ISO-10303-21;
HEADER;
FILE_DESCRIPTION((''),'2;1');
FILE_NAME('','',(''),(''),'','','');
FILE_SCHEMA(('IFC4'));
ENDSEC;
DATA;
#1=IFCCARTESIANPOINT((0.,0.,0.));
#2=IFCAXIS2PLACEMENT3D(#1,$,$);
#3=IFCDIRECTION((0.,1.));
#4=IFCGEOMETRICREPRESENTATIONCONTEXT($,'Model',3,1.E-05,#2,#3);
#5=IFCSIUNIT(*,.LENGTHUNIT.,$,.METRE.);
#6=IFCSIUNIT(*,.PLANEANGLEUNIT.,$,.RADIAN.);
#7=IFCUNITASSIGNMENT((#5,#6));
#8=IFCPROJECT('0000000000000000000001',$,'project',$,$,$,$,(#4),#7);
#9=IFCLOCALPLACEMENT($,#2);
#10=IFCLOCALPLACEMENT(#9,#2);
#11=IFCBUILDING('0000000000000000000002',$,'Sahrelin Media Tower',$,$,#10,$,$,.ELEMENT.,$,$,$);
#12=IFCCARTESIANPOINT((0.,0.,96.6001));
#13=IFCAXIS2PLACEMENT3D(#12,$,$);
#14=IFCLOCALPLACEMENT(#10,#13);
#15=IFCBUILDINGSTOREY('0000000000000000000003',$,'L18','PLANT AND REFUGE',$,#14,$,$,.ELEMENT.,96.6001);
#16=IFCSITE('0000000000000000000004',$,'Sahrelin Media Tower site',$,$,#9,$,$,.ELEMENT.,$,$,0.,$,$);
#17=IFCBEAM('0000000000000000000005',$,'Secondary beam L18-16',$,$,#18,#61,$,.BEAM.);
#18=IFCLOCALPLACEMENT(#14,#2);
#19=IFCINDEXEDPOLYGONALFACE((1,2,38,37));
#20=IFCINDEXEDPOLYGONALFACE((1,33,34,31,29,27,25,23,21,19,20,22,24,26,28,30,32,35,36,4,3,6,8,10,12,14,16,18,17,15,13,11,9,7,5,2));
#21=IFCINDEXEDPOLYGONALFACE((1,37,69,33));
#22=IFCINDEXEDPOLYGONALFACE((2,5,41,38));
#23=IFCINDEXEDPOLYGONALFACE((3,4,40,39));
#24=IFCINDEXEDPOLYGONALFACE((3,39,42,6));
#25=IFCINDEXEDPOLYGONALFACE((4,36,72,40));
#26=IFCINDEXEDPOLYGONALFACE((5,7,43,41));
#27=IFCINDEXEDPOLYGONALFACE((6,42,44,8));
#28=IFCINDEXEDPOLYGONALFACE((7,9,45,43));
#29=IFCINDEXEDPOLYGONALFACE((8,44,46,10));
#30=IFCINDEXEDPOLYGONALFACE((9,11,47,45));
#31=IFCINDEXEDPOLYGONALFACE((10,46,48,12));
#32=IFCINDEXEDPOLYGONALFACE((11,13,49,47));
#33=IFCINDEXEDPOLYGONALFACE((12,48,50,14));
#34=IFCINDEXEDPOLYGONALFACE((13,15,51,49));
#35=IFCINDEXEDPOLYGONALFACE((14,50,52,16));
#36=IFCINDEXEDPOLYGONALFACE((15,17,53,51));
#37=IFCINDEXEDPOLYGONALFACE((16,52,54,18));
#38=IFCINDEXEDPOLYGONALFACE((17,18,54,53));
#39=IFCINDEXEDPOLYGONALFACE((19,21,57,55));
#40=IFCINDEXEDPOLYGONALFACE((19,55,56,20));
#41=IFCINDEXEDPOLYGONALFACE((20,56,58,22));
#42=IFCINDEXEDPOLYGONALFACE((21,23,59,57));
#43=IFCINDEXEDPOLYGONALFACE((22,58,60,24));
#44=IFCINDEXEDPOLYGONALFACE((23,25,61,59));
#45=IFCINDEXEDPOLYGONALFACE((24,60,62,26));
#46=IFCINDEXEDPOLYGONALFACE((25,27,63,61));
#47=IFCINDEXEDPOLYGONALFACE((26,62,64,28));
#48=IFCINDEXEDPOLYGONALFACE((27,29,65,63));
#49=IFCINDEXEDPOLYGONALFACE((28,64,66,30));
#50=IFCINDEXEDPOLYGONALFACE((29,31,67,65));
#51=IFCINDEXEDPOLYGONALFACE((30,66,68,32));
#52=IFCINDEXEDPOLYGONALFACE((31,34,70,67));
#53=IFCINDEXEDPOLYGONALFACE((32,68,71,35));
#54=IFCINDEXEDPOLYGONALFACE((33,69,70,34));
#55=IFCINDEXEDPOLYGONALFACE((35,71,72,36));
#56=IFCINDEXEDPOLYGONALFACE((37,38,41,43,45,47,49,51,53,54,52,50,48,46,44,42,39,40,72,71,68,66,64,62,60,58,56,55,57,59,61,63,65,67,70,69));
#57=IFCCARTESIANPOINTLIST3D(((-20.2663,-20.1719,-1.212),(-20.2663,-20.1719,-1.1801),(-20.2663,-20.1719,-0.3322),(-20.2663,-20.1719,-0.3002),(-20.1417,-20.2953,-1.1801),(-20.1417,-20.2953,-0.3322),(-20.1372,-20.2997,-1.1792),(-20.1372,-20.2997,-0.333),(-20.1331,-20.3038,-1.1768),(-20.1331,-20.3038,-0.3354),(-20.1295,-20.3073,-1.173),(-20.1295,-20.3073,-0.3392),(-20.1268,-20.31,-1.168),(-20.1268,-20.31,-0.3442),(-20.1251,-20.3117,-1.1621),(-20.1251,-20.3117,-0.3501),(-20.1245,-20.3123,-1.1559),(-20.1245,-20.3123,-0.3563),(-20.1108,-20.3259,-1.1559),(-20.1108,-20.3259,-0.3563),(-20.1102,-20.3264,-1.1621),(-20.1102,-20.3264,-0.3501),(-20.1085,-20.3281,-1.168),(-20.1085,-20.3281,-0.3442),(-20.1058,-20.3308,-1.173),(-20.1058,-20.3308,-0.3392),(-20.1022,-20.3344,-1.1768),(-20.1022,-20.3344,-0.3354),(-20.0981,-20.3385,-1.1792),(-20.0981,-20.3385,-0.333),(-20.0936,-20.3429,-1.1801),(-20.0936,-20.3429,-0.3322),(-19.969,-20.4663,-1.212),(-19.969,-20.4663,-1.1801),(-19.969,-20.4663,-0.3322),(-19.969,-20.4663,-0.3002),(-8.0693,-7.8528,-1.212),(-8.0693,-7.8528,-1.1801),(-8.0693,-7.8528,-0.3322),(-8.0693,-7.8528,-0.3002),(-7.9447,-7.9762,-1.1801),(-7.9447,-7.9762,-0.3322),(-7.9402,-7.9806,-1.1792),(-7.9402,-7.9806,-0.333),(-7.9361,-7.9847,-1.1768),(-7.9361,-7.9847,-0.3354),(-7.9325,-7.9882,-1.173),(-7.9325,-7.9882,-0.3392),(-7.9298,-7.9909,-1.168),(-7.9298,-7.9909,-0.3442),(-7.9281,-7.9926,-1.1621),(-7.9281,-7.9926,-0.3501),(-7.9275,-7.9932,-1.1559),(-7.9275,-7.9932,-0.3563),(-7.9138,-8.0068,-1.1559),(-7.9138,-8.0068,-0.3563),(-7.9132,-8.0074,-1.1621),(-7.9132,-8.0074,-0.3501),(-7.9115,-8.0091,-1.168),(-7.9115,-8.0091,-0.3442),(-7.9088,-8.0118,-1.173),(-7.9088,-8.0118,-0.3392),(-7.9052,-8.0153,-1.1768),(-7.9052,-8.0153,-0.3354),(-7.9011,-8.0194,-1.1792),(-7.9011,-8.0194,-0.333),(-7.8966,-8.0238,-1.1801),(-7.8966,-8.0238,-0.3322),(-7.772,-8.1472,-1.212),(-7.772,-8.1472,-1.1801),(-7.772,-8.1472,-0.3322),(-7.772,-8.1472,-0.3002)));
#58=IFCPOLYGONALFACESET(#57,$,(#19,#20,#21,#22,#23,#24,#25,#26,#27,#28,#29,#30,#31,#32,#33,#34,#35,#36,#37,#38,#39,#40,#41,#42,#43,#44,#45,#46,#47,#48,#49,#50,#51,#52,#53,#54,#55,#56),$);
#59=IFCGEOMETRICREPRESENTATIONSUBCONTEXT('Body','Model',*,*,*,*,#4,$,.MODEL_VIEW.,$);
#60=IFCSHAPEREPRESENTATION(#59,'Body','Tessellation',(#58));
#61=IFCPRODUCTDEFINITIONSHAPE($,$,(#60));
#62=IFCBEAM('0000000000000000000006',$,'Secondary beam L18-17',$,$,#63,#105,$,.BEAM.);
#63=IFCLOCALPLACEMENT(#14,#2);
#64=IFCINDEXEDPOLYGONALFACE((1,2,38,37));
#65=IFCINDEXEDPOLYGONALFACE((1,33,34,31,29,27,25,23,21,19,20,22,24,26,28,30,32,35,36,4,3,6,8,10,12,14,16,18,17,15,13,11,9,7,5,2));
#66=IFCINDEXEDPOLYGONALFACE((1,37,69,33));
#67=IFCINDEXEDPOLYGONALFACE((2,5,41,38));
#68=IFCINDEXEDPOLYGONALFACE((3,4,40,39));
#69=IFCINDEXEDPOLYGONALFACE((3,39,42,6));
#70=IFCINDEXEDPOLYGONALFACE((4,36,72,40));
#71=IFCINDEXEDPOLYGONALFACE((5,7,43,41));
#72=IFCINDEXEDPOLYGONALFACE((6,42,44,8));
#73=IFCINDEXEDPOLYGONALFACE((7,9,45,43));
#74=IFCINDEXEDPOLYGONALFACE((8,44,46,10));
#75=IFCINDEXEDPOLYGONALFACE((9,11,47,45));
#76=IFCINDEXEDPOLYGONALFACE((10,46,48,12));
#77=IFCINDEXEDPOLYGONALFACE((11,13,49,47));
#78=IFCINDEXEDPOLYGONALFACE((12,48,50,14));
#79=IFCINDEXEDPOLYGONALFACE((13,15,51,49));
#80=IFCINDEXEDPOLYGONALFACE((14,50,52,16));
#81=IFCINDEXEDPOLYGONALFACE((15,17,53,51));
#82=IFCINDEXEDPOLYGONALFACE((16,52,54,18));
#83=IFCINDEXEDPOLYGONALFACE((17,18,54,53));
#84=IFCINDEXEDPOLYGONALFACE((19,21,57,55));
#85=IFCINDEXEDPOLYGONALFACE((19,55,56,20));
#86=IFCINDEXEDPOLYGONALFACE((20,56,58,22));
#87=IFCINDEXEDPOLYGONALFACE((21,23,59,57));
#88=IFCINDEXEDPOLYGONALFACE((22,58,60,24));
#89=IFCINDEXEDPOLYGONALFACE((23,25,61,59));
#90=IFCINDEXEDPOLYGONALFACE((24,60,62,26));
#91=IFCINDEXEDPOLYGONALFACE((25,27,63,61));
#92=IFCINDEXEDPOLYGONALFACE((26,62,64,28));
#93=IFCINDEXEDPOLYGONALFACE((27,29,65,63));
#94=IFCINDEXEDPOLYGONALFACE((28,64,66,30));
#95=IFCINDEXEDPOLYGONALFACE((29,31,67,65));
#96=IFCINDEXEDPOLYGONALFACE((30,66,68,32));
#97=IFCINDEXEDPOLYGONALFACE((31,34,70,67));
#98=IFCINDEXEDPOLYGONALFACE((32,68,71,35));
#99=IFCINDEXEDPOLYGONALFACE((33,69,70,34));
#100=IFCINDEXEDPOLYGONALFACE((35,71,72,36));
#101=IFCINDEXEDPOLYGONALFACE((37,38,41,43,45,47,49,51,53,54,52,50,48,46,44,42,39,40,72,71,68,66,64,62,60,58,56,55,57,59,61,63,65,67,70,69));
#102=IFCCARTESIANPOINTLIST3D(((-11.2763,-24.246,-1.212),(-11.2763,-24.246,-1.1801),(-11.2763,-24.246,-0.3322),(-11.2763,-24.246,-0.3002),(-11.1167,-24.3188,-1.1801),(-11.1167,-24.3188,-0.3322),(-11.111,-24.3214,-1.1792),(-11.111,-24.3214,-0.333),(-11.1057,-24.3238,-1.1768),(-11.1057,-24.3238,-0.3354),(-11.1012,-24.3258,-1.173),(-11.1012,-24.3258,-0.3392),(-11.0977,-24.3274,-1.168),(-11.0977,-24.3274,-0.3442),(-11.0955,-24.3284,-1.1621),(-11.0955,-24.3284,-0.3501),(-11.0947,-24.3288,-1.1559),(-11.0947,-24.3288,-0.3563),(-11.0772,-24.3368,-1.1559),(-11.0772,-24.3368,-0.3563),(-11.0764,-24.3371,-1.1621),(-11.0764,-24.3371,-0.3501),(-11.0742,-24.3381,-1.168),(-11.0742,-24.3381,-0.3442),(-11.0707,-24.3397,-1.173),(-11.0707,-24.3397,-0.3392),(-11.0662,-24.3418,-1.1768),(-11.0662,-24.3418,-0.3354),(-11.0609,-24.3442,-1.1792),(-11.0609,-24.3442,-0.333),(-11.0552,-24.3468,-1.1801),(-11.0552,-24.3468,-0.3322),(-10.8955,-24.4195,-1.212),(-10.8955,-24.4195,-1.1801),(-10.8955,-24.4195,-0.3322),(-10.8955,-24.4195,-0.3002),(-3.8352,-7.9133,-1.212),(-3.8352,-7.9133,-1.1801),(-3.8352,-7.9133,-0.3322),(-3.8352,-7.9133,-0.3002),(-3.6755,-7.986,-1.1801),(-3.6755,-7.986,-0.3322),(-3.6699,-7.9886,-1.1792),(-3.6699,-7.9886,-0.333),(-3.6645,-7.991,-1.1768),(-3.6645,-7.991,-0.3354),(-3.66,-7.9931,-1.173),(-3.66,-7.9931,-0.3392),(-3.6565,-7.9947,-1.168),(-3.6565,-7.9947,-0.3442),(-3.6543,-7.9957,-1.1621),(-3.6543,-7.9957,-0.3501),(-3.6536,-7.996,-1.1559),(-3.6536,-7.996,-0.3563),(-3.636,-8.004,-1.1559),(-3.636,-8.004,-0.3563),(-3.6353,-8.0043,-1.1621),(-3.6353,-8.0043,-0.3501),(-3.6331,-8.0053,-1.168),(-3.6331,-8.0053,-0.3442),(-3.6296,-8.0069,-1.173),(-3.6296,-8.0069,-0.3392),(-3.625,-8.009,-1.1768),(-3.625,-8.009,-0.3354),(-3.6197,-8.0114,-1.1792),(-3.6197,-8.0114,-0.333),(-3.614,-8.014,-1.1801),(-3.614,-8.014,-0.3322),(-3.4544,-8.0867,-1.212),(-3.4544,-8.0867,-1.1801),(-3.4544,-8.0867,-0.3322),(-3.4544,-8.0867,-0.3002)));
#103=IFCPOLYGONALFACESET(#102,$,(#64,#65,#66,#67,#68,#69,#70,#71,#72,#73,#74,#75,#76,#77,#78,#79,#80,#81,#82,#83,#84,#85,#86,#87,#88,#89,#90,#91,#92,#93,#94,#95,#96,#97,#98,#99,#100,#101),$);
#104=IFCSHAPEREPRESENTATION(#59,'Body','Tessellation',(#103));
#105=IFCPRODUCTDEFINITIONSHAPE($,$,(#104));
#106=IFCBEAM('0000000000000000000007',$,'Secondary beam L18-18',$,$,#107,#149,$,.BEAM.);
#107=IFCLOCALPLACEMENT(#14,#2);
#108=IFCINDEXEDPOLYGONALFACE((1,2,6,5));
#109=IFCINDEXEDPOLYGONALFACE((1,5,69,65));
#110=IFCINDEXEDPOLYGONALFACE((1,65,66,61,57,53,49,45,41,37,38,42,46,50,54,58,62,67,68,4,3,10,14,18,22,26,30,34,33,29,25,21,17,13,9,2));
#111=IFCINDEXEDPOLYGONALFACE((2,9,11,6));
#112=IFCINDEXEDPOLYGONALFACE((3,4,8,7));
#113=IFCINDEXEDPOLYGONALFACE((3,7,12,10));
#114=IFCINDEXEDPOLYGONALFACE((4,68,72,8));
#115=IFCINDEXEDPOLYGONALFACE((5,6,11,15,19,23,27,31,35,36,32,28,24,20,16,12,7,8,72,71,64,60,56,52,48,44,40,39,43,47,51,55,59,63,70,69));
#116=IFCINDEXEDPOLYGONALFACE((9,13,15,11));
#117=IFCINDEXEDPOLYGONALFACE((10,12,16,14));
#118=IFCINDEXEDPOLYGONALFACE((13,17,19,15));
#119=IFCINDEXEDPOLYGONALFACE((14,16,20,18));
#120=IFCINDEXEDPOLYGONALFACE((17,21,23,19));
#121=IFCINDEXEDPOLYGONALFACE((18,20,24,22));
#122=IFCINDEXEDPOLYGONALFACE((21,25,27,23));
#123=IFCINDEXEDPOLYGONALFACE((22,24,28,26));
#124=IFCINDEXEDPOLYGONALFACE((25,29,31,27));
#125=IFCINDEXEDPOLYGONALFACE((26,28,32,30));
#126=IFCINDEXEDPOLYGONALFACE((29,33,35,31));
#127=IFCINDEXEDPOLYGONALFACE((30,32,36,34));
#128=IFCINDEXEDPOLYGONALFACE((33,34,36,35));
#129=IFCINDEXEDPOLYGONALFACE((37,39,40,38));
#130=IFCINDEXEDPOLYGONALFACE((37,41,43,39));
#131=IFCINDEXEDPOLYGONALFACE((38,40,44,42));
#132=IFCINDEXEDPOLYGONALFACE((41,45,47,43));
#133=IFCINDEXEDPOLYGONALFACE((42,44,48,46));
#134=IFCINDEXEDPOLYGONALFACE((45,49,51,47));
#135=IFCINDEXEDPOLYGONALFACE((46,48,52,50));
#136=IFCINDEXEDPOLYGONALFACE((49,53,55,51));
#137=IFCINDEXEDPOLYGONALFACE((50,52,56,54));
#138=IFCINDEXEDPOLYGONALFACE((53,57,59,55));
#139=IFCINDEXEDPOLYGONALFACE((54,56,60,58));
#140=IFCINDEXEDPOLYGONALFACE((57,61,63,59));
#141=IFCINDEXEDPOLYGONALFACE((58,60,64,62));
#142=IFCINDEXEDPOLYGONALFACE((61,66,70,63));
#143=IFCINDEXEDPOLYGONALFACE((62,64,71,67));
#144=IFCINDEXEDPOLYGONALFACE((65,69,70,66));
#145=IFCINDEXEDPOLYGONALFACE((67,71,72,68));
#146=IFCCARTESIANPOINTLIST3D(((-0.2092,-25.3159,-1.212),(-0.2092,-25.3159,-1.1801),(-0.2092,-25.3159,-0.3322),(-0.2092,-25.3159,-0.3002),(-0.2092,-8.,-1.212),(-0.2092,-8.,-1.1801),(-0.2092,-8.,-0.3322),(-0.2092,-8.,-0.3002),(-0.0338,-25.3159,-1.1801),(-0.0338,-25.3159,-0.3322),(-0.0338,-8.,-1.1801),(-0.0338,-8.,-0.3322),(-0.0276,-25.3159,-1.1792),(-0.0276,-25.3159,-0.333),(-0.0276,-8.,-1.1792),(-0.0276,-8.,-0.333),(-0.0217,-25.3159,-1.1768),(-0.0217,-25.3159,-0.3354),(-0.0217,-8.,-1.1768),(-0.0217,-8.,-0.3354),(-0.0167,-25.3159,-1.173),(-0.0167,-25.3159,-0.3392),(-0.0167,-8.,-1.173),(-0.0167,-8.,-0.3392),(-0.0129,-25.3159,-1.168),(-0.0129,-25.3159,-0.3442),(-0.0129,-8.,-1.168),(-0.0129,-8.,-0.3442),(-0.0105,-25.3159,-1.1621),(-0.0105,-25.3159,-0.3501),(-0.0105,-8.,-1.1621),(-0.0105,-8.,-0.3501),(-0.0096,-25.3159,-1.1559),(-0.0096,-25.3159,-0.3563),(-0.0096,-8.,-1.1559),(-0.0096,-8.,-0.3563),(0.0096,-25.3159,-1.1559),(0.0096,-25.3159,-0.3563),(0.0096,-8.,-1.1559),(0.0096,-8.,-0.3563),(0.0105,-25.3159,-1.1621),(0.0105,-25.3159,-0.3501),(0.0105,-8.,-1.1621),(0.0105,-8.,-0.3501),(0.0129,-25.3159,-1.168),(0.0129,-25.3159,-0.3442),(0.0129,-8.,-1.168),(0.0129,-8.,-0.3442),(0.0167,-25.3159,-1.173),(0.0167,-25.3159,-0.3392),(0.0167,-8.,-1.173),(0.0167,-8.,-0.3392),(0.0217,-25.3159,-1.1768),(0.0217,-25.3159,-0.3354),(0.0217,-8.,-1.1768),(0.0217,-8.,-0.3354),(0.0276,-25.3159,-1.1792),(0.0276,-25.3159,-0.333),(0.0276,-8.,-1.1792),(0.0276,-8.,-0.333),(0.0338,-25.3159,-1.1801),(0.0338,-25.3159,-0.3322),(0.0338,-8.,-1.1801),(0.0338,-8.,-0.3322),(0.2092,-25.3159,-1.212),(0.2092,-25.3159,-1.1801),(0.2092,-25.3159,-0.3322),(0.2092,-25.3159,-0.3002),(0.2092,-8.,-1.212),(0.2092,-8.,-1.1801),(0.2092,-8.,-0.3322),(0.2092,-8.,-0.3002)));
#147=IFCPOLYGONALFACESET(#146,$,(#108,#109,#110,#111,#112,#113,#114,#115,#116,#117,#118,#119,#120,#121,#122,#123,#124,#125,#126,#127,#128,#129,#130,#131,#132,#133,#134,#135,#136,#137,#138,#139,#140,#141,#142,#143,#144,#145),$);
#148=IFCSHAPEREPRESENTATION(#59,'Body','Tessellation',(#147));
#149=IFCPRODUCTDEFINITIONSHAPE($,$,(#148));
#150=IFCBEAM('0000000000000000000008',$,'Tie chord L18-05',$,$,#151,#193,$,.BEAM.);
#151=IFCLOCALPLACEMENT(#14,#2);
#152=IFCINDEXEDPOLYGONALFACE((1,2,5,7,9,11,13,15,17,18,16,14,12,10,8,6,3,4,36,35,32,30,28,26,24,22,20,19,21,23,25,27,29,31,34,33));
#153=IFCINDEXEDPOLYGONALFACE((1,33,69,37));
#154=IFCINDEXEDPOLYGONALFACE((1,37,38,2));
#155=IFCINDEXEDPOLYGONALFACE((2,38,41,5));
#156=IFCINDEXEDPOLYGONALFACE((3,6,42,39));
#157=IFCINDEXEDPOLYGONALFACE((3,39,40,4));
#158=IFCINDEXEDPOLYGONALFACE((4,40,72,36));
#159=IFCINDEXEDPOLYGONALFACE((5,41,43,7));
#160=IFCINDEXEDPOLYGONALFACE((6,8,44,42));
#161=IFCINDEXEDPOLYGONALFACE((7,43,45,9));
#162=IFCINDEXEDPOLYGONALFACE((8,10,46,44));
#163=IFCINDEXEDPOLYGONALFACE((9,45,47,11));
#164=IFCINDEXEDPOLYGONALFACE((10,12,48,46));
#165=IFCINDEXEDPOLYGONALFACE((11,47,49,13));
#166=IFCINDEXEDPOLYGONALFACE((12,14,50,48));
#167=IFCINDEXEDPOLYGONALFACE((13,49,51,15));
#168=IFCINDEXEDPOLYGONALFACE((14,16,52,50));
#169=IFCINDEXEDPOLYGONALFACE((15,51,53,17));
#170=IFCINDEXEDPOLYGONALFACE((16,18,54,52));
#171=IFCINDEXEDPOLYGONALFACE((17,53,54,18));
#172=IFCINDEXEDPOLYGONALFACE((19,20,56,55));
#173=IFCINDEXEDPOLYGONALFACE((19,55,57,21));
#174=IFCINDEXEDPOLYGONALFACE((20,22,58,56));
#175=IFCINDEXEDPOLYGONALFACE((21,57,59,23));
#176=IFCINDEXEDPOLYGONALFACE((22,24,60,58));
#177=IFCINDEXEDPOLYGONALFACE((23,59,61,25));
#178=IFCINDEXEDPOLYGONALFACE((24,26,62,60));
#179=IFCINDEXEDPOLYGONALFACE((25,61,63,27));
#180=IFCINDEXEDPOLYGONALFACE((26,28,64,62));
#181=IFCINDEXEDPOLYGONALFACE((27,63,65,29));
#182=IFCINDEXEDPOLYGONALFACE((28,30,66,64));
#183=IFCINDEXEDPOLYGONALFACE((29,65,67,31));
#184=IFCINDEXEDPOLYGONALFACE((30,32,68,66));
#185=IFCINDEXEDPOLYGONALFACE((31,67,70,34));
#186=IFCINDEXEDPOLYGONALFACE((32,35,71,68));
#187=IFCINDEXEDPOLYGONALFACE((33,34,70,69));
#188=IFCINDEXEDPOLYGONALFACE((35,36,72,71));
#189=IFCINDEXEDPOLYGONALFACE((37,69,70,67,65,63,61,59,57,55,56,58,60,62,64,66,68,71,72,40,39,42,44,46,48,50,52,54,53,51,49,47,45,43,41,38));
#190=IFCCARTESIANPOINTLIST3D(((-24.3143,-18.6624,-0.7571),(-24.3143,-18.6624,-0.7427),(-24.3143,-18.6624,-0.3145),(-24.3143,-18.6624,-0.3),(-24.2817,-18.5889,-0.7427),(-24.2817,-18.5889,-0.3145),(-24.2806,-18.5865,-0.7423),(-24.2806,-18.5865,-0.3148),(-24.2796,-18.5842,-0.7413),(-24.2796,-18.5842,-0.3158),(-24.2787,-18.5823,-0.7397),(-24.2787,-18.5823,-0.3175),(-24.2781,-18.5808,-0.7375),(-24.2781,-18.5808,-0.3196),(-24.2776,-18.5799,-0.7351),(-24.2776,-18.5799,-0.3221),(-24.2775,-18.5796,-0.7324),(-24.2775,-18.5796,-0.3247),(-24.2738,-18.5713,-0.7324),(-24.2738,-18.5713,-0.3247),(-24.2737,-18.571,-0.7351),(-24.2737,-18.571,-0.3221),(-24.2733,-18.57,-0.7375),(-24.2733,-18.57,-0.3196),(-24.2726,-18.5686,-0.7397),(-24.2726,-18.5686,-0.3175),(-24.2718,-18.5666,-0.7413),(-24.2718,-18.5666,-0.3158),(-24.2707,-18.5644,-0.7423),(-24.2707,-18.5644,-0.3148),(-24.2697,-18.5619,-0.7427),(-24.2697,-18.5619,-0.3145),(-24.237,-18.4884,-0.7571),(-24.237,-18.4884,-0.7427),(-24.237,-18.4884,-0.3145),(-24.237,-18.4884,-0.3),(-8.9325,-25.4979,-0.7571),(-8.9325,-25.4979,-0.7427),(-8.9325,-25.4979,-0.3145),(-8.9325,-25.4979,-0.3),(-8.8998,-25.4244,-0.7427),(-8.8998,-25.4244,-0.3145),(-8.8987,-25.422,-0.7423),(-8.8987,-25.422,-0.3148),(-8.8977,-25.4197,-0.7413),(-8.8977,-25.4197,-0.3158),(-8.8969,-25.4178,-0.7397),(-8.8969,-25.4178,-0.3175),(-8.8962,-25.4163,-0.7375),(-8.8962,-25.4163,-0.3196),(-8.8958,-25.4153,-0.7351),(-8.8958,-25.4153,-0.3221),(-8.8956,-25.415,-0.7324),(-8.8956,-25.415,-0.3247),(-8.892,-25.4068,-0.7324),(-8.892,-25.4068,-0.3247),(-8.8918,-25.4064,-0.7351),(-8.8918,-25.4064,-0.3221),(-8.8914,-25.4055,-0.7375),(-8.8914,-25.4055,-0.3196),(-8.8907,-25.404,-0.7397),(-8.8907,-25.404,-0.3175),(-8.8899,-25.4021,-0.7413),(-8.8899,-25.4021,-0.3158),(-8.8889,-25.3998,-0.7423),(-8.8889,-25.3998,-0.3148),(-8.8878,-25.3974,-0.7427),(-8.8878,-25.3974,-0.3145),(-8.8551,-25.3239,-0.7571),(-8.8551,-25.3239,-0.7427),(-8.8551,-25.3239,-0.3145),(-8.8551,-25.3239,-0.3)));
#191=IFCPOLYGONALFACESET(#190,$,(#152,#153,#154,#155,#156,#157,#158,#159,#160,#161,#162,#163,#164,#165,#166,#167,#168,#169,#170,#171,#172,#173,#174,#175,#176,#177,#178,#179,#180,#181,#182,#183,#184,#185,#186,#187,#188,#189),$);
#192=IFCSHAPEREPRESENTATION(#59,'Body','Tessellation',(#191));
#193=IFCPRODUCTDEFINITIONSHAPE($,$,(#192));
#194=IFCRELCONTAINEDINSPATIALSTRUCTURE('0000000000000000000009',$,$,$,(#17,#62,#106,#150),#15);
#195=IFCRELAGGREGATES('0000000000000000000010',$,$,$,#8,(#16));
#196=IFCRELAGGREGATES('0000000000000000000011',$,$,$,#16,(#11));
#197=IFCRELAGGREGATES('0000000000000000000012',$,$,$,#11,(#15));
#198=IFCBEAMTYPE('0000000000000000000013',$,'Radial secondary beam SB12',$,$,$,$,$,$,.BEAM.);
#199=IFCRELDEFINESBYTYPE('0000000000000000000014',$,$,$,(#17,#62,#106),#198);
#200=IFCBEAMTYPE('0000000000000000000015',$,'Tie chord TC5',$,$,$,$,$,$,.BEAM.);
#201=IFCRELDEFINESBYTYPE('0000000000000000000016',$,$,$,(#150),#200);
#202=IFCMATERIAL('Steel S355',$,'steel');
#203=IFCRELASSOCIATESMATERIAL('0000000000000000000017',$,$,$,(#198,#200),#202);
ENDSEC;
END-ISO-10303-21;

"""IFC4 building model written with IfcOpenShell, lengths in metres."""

from ifc_helpers import new_model, si_unit, direction, frame, origin, origin_2d, place, context, subcontext, project, spatial, i_section, extrude, material, material_profile, profile_set, type_object, element, save


model = new_model("IFC4")

# Units and contexts
model_context = context("Model", 3, precision=1e-05, world=origin(), true_north=direction((0.0, 1.0)))
body_context = subcontext(model_context, "Body", "Model", "MODEL_VIEW")
ifc_project = project(units=[si_unit("LENGTHUNIT", "METRE"), si_unit("PLANEANGLEUNIT", "RADIAN")], contexts=[model_context])

# Site, building, storey
site_placement = place(None, origin())
site = spatial("IfcSite", under=ifc_project, at=site_placement, Name="Sahrelin Media Tower site", CompositionType="ELEMENT", RefElevation=0.0)
building_placement = place(site_placement, origin())
building = spatial("IfcBuilding", under=site, at=building_placement, Name="Sahrelin Media Tower", CompositionType="ELEMENT")
storey_placement = place(building_placement, frame((0.0, 0.0, 96.6001)))
storey = spatial("IfcBuildingStorey", under=building, at=storey_placement, Name="L18", Description="PLANT AND REFUGE", CompositionType="ELEMENT", Elevation=96.6001)

# Beams
ifc_material_1 = material(Name="Steel S355", Category="steel")
ifc_material_profile_1 = material_profile(ifc_material_1, i_section(OverallWidth=0.4185, OverallDepth=0.9119, WebThickness=0.0193, FlangeThickness=0.032, FilletRadius=0.0242, at=origin_2d()), Name="UB 914x419x343")
ifc_profile_set_1 = profile_set([ifc_material_profile_1], Name="Steel S355")
beam_type_1 = type_object("IfcBeamType", Name="Radial secondary beam SB12", PredefinedType="BEAM", material=ifc_profile_set_1)
beam_1_placement = place(storey_placement, frame((-7.9207, -8.0, -0.7561), z_axis=(-0.703577, -0.710619, 0.0), x_axis=(0.710619, -0.703577, 0.0)))
element("IfcBeam", 1, at=beam_1_placement, inside=storey, type_object=beam_type_1, Name="Secondary beam L18-16", PredefinedType="BEAM", context=body_context, shape_type="SweptSolid", body=[
    extrude(i_section(OverallWidth=0.4185, OverallDepth=0.9119, WebThickness=0.0193, FlangeThickness=0.032, FilletRadius=0.0242, at=origin_2d()), origin(), (0.0, 0.0, 1.0), 17.3357),
])
beam_2_placement = place(storey_placement, frame((-3.6448, -8.0, -0.7561), z_axis=(-0.414596, -0.910006, 0.0), x_axis=(0.910006, -0.414596, 0.0)))
element("IfcBeam", 2, at=beam_2_placement, inside=storey, type_object=beam_type_1, Name="Secondary beam L18-17", PredefinedType="BEAM", context=body_context, shape_type="SweptSolid", body=[
    extrude(i_section(OverallWidth=0.4185, OverallDepth=0.9119, WebThickness=0.0193, FlangeThickness=0.032, FilletRadius=0.0242, at=origin_2d()), origin(), (0.0, 0.0, 1.0), 17.948),
])
beam_3_placement = place(storey_placement, frame((0.0, -8.0, -0.7561), z_axis=(0.0, -1.0, 0.0), x_axis=(1.0, 0.0, 0.0)))
element("IfcBeam", 3, at=beam_3_placement, inside=storey, type_object=beam_type_1, Name="Secondary beam L18-18", PredefinedType="BEAM", context=body_context, shape_type="SweptSolid", body=[
    extrude(i_section(OverallWidth=0.4185, OverallDepth=0.9119, WebThickness=0.0193, FlangeThickness=0.032, FilletRadius=0.0242, at=origin_2d()), origin(), (0.0, 0.0, 1.0), 17.3159),
])
ifc_material_profile_2 = material_profile(ifc_material_1, i_section(OverallWidth=0.1904, OverallDepth=0.457, WebThickness=0.009, FlangeThickness=0.0144, FilletRadius=0.0103, at=origin_2d()), Name="UB 457x191x74")
ifc_profile_set_2 = profile_set([ifc_material_profile_2], Name="Steel S355")
beam_type_2 = type_object("IfcBeamType", Name="Tie chord TC5", PredefinedType="BEAM", material=ifc_profile_set_2)
beam_4_placement = place(storey_placement, frame((-8.8938, -25.4109, -0.5286), z_axis=(-0.913832, 0.406093, 0.0), x_axis=(-0.406093, -0.913832, 0.0)))
element("IfcBeam", 4, at=beam_4_placement, inside=storey, type_object=beam_type_2, Name="Tie chord L18-05", PredefinedType="BEAM", context=body_context, shape_type="SweptSolid", body=[
    extrude(i_section(OverallWidth=0.1904, OverallDepth=0.457, WebThickness=0.009, FlangeThickness=0.0144, FilletRadius=0.0103, at=origin_2d()), origin(), (0.0, 0.0, 1.0), 16.8323),
])

save(model, "model.ifc")
